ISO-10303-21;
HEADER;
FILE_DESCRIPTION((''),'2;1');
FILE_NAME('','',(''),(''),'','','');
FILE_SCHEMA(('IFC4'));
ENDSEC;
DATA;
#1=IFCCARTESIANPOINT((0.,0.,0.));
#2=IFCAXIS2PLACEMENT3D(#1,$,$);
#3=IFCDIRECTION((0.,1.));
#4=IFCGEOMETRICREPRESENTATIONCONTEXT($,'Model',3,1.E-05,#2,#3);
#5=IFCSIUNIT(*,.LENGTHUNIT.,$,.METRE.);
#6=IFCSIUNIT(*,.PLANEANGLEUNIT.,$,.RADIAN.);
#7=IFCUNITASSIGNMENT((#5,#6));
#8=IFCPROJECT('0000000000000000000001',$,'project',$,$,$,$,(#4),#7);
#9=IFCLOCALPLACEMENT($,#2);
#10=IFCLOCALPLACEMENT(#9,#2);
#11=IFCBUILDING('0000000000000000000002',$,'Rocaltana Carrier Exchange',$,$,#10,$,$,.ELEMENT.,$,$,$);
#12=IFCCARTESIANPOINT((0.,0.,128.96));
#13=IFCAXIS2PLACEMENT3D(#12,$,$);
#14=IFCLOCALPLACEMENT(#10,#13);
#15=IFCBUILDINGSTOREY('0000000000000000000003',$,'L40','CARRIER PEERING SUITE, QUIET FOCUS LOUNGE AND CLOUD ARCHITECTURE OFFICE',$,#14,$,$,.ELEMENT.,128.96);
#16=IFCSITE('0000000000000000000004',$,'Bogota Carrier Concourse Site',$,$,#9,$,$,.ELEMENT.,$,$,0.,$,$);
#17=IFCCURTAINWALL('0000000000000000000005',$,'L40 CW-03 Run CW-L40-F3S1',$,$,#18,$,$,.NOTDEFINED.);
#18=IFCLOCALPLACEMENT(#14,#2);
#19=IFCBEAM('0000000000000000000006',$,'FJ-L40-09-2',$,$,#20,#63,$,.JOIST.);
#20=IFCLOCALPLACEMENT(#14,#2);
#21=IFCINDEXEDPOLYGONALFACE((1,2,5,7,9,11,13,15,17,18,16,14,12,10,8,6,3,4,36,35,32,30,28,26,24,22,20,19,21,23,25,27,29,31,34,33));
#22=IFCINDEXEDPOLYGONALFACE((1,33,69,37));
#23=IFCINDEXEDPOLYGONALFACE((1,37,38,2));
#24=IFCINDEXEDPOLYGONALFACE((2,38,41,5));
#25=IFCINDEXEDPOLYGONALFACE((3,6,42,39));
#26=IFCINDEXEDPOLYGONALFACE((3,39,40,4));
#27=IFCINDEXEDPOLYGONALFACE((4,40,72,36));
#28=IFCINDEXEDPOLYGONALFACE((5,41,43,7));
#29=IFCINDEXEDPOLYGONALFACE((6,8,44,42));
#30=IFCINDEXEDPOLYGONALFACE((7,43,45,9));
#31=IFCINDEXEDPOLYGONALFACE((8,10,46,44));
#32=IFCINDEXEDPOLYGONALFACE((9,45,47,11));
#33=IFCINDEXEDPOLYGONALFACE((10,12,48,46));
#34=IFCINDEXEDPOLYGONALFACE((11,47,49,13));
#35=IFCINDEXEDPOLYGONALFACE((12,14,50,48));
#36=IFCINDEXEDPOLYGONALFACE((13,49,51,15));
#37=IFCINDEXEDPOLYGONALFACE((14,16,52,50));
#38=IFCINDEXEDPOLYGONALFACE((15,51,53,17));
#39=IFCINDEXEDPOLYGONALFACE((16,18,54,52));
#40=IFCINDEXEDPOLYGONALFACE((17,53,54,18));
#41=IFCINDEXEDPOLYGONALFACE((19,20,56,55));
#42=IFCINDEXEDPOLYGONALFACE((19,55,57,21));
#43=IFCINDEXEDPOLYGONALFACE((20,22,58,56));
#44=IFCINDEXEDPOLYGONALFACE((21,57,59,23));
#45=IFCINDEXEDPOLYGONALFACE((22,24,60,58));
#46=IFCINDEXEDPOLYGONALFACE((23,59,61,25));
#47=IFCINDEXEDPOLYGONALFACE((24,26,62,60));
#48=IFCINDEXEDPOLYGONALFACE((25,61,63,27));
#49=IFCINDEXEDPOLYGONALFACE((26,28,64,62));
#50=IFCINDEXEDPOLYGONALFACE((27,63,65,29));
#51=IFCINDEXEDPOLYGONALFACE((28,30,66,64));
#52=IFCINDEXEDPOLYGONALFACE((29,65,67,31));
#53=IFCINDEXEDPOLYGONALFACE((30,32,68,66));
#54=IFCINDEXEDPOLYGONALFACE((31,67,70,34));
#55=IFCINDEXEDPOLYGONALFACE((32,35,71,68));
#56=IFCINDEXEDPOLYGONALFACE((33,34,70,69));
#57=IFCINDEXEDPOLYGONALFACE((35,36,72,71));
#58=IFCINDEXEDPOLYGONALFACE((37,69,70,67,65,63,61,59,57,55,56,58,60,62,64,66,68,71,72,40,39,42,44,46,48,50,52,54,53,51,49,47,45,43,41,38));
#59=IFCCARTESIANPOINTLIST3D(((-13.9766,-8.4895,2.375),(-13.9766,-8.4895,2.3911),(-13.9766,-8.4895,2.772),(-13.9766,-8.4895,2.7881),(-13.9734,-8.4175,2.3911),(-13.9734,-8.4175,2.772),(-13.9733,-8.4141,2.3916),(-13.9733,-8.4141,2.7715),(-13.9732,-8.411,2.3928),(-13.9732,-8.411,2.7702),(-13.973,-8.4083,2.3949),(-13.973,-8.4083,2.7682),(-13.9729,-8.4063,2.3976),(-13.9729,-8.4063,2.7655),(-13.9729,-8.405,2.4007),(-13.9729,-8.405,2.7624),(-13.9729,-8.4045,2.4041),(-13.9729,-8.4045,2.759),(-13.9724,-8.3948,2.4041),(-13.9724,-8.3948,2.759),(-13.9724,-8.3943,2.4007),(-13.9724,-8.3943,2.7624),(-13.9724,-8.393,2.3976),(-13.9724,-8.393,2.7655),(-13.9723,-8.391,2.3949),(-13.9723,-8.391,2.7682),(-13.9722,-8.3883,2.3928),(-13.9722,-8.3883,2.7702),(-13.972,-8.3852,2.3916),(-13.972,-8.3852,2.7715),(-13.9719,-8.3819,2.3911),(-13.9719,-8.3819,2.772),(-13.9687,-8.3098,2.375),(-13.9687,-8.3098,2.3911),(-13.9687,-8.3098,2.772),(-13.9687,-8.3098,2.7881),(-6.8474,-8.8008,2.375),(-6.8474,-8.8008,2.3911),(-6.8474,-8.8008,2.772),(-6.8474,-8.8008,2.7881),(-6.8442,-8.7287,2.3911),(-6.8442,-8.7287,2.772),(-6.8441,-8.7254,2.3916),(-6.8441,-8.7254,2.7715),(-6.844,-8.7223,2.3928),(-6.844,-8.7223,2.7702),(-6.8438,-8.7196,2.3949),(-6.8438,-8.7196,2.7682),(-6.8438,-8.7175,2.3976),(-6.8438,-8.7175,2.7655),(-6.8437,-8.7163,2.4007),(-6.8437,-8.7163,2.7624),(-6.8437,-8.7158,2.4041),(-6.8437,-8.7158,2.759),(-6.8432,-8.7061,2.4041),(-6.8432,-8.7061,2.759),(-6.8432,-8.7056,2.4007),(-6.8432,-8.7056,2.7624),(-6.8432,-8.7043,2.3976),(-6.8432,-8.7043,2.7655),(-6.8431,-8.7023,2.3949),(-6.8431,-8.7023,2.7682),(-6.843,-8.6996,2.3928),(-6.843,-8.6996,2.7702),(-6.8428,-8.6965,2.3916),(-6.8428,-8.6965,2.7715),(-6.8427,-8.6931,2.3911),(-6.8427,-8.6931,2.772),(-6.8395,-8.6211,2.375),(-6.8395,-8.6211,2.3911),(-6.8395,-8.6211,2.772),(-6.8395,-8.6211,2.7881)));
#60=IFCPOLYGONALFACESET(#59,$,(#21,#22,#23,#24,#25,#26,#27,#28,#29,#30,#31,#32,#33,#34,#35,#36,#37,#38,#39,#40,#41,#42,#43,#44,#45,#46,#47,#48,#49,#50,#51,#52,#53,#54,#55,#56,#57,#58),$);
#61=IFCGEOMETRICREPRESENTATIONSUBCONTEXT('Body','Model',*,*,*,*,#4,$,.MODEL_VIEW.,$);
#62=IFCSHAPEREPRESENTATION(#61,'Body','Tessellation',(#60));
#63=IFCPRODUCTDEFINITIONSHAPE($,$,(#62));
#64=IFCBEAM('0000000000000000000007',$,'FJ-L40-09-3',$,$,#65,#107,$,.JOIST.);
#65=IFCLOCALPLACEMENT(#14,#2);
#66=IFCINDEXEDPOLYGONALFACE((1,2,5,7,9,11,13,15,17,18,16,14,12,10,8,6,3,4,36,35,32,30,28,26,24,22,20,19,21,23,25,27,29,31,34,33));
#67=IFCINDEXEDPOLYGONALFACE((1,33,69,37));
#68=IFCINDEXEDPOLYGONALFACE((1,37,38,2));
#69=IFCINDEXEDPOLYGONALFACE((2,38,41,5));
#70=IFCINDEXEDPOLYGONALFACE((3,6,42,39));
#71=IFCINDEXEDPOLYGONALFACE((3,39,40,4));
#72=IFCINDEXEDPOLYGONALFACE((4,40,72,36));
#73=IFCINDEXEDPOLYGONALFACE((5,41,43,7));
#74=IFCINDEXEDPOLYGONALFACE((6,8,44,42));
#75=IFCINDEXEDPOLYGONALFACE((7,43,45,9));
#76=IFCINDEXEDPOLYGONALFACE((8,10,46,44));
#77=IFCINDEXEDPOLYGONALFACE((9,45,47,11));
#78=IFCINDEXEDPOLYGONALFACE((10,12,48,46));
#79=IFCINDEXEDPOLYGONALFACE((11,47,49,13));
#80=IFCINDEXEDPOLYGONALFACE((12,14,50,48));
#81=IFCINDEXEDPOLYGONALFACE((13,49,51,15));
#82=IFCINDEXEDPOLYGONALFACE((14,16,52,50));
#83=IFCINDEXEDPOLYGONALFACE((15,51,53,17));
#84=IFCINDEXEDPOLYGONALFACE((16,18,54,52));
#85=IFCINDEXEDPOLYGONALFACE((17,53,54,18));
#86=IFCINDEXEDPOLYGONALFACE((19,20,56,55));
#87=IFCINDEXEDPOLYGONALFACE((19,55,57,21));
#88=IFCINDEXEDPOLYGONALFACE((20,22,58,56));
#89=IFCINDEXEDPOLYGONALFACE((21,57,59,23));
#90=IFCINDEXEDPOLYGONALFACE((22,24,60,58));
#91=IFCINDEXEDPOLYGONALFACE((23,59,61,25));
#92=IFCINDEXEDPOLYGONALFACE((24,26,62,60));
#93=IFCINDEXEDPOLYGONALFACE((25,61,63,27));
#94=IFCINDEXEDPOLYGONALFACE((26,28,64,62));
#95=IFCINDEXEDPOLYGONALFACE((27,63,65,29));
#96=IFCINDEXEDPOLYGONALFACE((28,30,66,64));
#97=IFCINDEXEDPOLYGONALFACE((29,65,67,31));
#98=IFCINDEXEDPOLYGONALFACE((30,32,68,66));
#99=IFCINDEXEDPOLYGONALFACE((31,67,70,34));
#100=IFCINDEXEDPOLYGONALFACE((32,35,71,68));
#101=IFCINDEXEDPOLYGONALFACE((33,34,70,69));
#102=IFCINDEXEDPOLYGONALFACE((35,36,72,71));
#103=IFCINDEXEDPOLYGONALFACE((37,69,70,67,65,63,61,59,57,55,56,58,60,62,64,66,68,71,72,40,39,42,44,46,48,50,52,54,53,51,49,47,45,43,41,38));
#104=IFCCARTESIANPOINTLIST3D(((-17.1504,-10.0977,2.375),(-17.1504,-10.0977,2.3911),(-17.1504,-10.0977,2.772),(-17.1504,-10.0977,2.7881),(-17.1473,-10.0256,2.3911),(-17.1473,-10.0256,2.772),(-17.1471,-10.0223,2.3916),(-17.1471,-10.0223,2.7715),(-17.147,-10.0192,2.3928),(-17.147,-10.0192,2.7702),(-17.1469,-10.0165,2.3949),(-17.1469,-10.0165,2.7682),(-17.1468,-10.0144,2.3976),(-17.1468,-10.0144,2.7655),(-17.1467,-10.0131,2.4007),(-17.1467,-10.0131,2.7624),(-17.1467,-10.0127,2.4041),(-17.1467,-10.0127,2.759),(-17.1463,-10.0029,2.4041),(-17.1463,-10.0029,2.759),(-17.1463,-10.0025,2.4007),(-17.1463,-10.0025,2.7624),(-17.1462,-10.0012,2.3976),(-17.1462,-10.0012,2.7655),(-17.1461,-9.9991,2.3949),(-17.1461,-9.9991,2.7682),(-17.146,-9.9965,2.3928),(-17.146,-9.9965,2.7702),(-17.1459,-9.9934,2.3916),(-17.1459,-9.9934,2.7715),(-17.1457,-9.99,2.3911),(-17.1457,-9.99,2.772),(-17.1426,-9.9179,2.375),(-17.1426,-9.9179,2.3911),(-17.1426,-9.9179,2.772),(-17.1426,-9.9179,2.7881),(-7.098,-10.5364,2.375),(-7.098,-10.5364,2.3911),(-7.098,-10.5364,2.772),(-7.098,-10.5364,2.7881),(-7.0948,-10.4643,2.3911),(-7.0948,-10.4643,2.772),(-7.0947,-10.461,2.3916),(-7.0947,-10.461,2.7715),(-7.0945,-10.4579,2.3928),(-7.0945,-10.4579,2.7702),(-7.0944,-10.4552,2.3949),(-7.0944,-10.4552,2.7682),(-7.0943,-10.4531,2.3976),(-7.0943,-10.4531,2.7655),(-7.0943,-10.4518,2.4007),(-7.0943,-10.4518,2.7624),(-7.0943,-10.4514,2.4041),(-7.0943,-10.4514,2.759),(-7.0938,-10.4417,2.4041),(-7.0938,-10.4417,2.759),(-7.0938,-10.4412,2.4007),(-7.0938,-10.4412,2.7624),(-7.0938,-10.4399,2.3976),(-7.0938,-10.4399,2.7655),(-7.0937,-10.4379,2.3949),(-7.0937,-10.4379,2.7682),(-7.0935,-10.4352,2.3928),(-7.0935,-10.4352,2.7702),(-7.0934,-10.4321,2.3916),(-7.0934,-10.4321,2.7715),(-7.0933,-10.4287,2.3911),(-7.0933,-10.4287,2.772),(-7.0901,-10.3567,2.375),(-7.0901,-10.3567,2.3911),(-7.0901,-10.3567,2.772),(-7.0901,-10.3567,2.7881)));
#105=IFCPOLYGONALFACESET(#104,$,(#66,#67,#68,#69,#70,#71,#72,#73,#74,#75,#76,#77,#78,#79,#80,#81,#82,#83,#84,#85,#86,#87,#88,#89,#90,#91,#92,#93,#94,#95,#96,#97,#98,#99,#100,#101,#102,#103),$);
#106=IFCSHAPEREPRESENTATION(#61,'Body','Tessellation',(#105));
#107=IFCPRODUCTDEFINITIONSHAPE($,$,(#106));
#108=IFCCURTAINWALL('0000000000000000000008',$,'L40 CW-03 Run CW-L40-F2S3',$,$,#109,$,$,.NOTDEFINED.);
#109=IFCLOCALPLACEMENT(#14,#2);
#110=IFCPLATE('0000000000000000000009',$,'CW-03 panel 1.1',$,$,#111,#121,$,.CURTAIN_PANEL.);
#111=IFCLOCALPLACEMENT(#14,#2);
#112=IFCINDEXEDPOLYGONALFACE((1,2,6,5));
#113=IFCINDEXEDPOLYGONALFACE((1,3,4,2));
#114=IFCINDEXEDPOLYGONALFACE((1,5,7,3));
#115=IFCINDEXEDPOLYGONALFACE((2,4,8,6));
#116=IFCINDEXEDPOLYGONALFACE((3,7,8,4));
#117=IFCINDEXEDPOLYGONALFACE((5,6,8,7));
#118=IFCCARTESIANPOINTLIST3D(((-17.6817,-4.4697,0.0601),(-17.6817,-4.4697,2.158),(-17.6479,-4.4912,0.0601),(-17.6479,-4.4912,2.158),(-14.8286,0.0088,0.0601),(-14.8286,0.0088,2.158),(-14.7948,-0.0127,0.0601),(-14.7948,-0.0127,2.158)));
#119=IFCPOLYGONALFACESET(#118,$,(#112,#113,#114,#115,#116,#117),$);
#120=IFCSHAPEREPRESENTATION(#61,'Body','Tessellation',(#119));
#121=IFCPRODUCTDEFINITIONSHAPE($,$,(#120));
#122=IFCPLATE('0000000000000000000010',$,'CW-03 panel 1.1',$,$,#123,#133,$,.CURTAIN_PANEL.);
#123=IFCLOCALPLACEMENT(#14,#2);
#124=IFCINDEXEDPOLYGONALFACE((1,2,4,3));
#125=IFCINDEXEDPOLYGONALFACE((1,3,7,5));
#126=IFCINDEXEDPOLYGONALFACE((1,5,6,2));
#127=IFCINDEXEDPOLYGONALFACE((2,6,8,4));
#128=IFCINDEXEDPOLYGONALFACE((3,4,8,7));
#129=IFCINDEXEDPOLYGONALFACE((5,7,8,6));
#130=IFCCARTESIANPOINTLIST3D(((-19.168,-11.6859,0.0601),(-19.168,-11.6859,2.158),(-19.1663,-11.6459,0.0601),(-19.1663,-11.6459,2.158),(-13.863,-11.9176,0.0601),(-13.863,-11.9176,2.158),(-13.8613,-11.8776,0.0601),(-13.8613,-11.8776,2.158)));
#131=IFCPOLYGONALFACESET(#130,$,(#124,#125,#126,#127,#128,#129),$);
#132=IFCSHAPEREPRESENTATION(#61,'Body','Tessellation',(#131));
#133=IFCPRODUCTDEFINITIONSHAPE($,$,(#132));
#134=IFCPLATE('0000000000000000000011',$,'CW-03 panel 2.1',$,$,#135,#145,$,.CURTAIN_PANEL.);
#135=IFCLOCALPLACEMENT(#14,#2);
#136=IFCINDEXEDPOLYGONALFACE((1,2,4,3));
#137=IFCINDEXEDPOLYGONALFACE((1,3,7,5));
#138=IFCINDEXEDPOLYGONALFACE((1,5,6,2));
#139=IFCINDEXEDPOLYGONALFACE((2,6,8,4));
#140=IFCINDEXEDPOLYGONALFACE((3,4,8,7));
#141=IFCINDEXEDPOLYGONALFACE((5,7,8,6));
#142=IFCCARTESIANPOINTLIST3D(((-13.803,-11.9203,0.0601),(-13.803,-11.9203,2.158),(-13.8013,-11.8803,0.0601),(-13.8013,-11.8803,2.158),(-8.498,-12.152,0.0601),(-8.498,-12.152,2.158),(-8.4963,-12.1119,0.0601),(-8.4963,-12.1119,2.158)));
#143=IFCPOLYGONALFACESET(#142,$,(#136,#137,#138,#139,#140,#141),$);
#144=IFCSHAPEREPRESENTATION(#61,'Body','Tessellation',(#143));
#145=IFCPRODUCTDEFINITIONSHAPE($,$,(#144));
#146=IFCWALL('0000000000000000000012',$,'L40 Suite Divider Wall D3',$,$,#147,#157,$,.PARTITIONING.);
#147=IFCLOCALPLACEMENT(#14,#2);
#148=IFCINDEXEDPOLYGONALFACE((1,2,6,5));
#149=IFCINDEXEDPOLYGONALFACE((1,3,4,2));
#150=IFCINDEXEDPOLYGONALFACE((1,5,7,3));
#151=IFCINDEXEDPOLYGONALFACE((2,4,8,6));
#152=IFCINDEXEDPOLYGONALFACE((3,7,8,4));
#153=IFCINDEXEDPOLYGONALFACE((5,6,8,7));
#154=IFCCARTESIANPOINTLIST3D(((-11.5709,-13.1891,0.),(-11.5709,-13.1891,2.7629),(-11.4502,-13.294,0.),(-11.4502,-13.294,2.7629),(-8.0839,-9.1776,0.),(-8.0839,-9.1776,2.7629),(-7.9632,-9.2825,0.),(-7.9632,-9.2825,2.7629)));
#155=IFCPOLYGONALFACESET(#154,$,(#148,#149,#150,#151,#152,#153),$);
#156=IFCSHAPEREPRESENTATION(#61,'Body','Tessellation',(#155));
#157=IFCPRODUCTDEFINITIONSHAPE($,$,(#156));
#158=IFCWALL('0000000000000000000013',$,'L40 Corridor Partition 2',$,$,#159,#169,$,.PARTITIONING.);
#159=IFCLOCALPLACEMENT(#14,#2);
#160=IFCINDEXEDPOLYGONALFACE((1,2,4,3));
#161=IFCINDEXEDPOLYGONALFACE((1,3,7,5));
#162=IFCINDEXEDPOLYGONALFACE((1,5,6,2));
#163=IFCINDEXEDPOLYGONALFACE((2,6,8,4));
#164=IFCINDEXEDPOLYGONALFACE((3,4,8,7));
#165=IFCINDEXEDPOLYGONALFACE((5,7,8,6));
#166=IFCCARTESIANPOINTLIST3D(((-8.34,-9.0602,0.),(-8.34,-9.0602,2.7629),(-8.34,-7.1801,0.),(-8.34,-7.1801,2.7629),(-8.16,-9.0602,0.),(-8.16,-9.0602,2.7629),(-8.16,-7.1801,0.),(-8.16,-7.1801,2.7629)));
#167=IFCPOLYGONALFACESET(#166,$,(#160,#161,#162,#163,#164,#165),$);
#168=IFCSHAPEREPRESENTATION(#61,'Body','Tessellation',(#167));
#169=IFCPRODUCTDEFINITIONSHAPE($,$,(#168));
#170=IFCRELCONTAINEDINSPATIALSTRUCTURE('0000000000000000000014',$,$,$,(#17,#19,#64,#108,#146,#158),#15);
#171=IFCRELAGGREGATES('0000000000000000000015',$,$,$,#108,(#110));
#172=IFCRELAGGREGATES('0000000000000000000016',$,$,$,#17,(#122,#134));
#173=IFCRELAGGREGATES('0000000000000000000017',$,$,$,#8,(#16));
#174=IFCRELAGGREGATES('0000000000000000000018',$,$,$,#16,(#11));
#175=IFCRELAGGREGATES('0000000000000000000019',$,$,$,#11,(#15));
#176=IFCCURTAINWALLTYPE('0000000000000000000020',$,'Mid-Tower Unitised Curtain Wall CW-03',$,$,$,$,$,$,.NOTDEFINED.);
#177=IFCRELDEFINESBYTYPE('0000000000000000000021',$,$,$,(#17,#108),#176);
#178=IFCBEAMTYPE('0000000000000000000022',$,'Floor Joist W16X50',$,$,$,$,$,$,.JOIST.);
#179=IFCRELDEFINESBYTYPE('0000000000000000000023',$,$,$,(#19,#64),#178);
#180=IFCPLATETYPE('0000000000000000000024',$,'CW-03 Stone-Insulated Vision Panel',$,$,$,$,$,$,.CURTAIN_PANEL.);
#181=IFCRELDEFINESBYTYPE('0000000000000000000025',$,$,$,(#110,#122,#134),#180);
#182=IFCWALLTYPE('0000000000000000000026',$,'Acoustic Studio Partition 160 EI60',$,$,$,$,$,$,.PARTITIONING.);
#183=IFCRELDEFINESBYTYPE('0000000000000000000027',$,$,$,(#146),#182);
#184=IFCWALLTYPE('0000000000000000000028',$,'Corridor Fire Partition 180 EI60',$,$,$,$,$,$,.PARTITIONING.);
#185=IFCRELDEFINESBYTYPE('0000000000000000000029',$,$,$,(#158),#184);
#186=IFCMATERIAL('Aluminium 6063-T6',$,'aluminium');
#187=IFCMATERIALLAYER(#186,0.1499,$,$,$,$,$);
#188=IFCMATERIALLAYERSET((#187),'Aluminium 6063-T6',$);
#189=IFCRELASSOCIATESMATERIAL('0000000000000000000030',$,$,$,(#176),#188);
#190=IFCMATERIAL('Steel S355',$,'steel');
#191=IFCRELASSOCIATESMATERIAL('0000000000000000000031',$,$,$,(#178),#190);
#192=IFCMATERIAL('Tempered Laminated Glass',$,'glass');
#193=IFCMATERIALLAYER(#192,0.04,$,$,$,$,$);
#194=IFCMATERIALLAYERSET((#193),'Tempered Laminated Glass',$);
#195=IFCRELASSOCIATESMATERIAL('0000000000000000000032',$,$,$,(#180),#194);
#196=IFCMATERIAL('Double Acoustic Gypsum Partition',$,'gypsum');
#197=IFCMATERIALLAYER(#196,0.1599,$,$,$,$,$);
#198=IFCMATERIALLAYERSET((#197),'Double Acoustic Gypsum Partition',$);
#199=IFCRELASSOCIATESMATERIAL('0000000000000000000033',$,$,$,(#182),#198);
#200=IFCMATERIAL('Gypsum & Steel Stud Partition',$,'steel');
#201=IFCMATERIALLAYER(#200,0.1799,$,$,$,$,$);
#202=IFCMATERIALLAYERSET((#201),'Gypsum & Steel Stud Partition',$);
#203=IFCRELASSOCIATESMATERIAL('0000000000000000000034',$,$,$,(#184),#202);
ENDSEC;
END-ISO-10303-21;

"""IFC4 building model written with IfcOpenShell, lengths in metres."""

from ifc_helpers import new_model, si_unit, direction, frame, frame_2d, origin, origin_2d, place, context, subcontext, project, spatial, rectangle, i_section, extrude, material, layer, layer_set, material_profile, profile_set, type_object, element, aggregate, save


model = new_model("IFC4")

# Units and contexts
model_context = context("Model", 3, precision=1e-05, world=origin(), true_north=direction((0.0, 1.0)))
body_context = subcontext(model_context, "Body", "Model", "MODEL_VIEW")
ifc_project = project(units=[si_unit("LENGTHUNIT", "METRE"), si_unit("PLANEANGLEUNIT", "RADIAN")], contexts=[model_context])

# Site, building, storey
site_placement = place(None, origin())
site = spatial("IfcSite", under=ifc_project, at=site_placement, Name="Bogota Carrier Concourse Site", CompositionType="ELEMENT", RefElevation=0.0)
building_placement = place(site_placement, origin())
building = spatial("IfcBuilding", under=site, at=building_placement, Name="Rocaltana Carrier Exchange", CompositionType="ELEMENT")
storey_placement = place(building_placement, frame((0.0, 0.0, 128.96)))
storey = spatial("IfcBuildingStorey", under=building, at=storey_placement, Name="L40", Description="CARRIER PEERING SUITE, QUIET FOCUS LOUNGE AND CLOUD ARCHITECTURE OFFICE", CompositionType="ELEMENT", Elevation=128.96)

# Curtain wall
ifc_material_1 = material(Name="Aluminium 6063-T6", Category="aluminium")
ifc_layer_1 = layer(ifc_material_1, 0.1499)
ifc_layer_set_1 = layer_set([ifc_layer_1], Name="Aluminium 6063-T6")
curtain_wall_type = type_object("IfcCurtainWallType", Name="Mid-Tower Unitised Curtain Wall CW-03", PredefinedType="NOTDEFINED", material=ifc_layer_set_1)
curtain_wall_1_placement = place(storey_placement, origin())
curtain_wall_1 = element("IfcCurtainWall", 1, at=curtain_wall_1_placement, inside=storey, type_object=curtain_wall_type, Name="L40 CW-03 Run CW-L40-F3S1", PredefinedType="NOTDEFINED")

# Beams
ifc_material_2 = material(Name="Steel S355", Category="steel")
ifc_material_profile_1 = material_profile(ifc_material_2, i_section(OverallWidth=0.1799, OverallDepth=0.4131, WebThickness=0.0098, FlangeThickness=0.0161, FilletRadius=0.0129, at=origin_2d()), Name="W16X50")
ifc_profile_set_1 = profile_set([ifc_material_profile_1], Name="Steel S355")
beam_type = type_object("IfcBeamType", Name="Floor Joist W16X50", PredefinedType="JOIST", material=ifc_profile_set_1)
beam_1_placement = place(storey_placement, frame((-13.9727, -8.3997, 2.5815), z_axis=(0.999048, -0.043621, 0.0), x_axis=(0.043621, 0.999048, 0.0)))
element("IfcBeam", 2, at=beam_1_placement, inside=storey, type_object=beam_type, Name="FJ-L40-09-2", PredefinedType="JOIST", context=body_context, shape_type="SweptSolid", body=[
    extrude(i_section(OverallWidth=0.1799, OverallDepth=0.4131, WebThickness=0.0098, FlangeThickness=0.0161, FilletRadius=0.0129, at=origin_2d()), origin(), (0.0, 0.0, 1.0), 7.136),
])
beam_2_placement = place(storey_placement, frame((-17.1465, -10.0078, 2.5815), z_axis=(0.999049, -0.043601, 0.0), x_axis=(0.043601, 0.999049, 0.0)))
element("IfcBeam", 3, at=beam_2_placement, inside=storey, type_object=beam_type, Name="FJ-L40-09-3", PredefinedType="JOIST", context=body_context, shape_type="SweptSolid", body=[
    extrude(i_section(OverallWidth=0.1799, OverallDepth=0.4131, WebThickness=0.0098, FlangeThickness=0.0161, FilletRadius=0.0129, at=origin_2d()), origin(), (0.0, 0.0, 1.0), 10.062),
])

# Curtain wall, plate
curtain_wall_2_placement = place(storey_placement, origin())
curtain_wall_2 = element("IfcCurtainWall", 4, at=curtain_wall_2_placement, inside=storey, type_object=curtain_wall_type, Name="L40 CW-03 Run CW-L40-F2S3", PredefinedType="NOTDEFINED")
ifc_material_3 = material(Name="Tempered Laminated Glass", Category="glass")
ifc_layer_2 = layer(ifc_material_3, 0.04)
ifc_layer_set_2 = layer_set([ifc_layer_2], Name="Tempered Laminated Glass")
plate_type = type_object("IfcPlateType", Name="CW-03 Stone-Insulated Vision Panel", PredefinedType="CURTAIN_PANEL", material=ifc_layer_set_2)
plate_1_placement = place(storey_placement, frame((-16.2383, -2.2412, 0.0601), z_axis=(0.0, 0.0, 1.0), x_axis=(-0.537301, -0.843391, 0.0)))
plate_1 = element("IfcPlate", 5, at=plate_1_placement, type_object=plate_type, Name="CW-03 panel 1.1", PredefinedType="CURTAIN_PANEL", context=body_context, shape_type="SweptSolid", body=[
    extrude(rectangle(XDim=5.3101, YDim=0.04, at=origin_2d()), origin(), (0.0, 0.0, 1.0), 2.0979),
])
aggregate(curtain_wall_2, [plate_1])

# Plates
plate_2_placement = place(storey_placement, frame((-16.5146, -11.7817, 0.0601), z_axis=(0.0, 0.0, 1.0), x_axis=(0.999048, -0.043629, 0.0)))
plate_2 = element("IfcPlate", 6, at=plate_2_placement, type_object=plate_type, Name="CW-03 panel 1.1", PredefinedType="CURTAIN_PANEL", context=body_context, shape_type="SweptSolid", body=[
    extrude(rectangle(XDim=5.3101, YDim=0.04, at=origin_2d()), origin(), (0.0, 0.0, 1.0), 2.0979),
])
plate_3_placement = place(storey_placement, frame((-11.1497, -12.0161, 0.0601), z_axis=(0.0, 0.0, 1.0), x_axis=(0.999048, -0.043629, 0.0)))
plate_3 = element("IfcPlate", 7, at=plate_3_placement, type_object=plate_type, Name="CW-03 panel 2.1", PredefinedType="CURTAIN_PANEL", context=body_context, shape_type="SweptSolid", body=[
    extrude(rectangle(XDim=5.3101, YDim=0.04, at=origin_2d()), origin(), (0.0, 0.0, 1.0), 2.0979),
])
aggregate(curtain_wall_1, [plate_2, plate_3])

# Walls
ifc_material_4 = material(Name="Double Acoustic Gypsum Partition", Category="gypsum")
ifc_layer_3 = layer(ifc_material_4, 0.1599)
ifc_layer_set_3 = layer_set([ifc_layer_3], Name="Double Acoustic Gypsum Partition")
wall_type_1 = type_object("IfcWallType", Name="Acoustic Studio Partition 160 EI60", PredefinedType="PARTITIONING", material=ifc_layer_set_3)
wall_1_placement = place(storey_placement, frame((-8.0234, -9.23, 0.0), z_axis=(0.0, 0.0, 1.0), x_axis=(-0.656052, -0.754715, 0.0)))
element("IfcWall", 8, at=wall_1_placement, inside=storey, type_object=wall_type_1, Name="L40 Suite Divider Wall D3", PredefinedType="PARTITIONING", context=body_context, shape_type="SweptSolid", body=[
    extrude(rectangle(XDim=5.3152, YDim=0.1599, at=frame_2d((2.6577, 0.0))), origin(), (0.0, 0.0, 1.0), 2.7629),
])
ifc_material_5 = material(Name="Gypsum & Steel Stud Partition", Category="steel")
ifc_layer_4 = layer(ifc_material_5, 0.1799)
ifc_layer_set_4 = layer_set([ifc_layer_4], Name="Gypsum & Steel Stud Partition")
wall_type_2 = type_object("IfcWallType", Name="Corridor Fire Partition 180 EI60", PredefinedType="PARTITIONING", material=ifc_layer_set_4)
wall_2_placement = place(storey_placement, frame((-8.25, -9.0601, 0.0), z_axis=(0.0, 0.0, 1.0), x_axis=(0.0, 1.0, 0.0)))
element("IfcWall", 9, at=wall_2_placement, inside=storey, type_object=wall_type_2, Name="L40 Corridor Partition 2", PredefinedType="PARTITIONING", context=body_context, shape_type="SweptSolid", body=[
    extrude(rectangle(XDim=1.8801, YDim=0.1799, at=frame_2d((0.9399, 0.0))), origin(), (0.0, 0.0, 1.0), 2.7629),
])

save(model, "model.ifc")
